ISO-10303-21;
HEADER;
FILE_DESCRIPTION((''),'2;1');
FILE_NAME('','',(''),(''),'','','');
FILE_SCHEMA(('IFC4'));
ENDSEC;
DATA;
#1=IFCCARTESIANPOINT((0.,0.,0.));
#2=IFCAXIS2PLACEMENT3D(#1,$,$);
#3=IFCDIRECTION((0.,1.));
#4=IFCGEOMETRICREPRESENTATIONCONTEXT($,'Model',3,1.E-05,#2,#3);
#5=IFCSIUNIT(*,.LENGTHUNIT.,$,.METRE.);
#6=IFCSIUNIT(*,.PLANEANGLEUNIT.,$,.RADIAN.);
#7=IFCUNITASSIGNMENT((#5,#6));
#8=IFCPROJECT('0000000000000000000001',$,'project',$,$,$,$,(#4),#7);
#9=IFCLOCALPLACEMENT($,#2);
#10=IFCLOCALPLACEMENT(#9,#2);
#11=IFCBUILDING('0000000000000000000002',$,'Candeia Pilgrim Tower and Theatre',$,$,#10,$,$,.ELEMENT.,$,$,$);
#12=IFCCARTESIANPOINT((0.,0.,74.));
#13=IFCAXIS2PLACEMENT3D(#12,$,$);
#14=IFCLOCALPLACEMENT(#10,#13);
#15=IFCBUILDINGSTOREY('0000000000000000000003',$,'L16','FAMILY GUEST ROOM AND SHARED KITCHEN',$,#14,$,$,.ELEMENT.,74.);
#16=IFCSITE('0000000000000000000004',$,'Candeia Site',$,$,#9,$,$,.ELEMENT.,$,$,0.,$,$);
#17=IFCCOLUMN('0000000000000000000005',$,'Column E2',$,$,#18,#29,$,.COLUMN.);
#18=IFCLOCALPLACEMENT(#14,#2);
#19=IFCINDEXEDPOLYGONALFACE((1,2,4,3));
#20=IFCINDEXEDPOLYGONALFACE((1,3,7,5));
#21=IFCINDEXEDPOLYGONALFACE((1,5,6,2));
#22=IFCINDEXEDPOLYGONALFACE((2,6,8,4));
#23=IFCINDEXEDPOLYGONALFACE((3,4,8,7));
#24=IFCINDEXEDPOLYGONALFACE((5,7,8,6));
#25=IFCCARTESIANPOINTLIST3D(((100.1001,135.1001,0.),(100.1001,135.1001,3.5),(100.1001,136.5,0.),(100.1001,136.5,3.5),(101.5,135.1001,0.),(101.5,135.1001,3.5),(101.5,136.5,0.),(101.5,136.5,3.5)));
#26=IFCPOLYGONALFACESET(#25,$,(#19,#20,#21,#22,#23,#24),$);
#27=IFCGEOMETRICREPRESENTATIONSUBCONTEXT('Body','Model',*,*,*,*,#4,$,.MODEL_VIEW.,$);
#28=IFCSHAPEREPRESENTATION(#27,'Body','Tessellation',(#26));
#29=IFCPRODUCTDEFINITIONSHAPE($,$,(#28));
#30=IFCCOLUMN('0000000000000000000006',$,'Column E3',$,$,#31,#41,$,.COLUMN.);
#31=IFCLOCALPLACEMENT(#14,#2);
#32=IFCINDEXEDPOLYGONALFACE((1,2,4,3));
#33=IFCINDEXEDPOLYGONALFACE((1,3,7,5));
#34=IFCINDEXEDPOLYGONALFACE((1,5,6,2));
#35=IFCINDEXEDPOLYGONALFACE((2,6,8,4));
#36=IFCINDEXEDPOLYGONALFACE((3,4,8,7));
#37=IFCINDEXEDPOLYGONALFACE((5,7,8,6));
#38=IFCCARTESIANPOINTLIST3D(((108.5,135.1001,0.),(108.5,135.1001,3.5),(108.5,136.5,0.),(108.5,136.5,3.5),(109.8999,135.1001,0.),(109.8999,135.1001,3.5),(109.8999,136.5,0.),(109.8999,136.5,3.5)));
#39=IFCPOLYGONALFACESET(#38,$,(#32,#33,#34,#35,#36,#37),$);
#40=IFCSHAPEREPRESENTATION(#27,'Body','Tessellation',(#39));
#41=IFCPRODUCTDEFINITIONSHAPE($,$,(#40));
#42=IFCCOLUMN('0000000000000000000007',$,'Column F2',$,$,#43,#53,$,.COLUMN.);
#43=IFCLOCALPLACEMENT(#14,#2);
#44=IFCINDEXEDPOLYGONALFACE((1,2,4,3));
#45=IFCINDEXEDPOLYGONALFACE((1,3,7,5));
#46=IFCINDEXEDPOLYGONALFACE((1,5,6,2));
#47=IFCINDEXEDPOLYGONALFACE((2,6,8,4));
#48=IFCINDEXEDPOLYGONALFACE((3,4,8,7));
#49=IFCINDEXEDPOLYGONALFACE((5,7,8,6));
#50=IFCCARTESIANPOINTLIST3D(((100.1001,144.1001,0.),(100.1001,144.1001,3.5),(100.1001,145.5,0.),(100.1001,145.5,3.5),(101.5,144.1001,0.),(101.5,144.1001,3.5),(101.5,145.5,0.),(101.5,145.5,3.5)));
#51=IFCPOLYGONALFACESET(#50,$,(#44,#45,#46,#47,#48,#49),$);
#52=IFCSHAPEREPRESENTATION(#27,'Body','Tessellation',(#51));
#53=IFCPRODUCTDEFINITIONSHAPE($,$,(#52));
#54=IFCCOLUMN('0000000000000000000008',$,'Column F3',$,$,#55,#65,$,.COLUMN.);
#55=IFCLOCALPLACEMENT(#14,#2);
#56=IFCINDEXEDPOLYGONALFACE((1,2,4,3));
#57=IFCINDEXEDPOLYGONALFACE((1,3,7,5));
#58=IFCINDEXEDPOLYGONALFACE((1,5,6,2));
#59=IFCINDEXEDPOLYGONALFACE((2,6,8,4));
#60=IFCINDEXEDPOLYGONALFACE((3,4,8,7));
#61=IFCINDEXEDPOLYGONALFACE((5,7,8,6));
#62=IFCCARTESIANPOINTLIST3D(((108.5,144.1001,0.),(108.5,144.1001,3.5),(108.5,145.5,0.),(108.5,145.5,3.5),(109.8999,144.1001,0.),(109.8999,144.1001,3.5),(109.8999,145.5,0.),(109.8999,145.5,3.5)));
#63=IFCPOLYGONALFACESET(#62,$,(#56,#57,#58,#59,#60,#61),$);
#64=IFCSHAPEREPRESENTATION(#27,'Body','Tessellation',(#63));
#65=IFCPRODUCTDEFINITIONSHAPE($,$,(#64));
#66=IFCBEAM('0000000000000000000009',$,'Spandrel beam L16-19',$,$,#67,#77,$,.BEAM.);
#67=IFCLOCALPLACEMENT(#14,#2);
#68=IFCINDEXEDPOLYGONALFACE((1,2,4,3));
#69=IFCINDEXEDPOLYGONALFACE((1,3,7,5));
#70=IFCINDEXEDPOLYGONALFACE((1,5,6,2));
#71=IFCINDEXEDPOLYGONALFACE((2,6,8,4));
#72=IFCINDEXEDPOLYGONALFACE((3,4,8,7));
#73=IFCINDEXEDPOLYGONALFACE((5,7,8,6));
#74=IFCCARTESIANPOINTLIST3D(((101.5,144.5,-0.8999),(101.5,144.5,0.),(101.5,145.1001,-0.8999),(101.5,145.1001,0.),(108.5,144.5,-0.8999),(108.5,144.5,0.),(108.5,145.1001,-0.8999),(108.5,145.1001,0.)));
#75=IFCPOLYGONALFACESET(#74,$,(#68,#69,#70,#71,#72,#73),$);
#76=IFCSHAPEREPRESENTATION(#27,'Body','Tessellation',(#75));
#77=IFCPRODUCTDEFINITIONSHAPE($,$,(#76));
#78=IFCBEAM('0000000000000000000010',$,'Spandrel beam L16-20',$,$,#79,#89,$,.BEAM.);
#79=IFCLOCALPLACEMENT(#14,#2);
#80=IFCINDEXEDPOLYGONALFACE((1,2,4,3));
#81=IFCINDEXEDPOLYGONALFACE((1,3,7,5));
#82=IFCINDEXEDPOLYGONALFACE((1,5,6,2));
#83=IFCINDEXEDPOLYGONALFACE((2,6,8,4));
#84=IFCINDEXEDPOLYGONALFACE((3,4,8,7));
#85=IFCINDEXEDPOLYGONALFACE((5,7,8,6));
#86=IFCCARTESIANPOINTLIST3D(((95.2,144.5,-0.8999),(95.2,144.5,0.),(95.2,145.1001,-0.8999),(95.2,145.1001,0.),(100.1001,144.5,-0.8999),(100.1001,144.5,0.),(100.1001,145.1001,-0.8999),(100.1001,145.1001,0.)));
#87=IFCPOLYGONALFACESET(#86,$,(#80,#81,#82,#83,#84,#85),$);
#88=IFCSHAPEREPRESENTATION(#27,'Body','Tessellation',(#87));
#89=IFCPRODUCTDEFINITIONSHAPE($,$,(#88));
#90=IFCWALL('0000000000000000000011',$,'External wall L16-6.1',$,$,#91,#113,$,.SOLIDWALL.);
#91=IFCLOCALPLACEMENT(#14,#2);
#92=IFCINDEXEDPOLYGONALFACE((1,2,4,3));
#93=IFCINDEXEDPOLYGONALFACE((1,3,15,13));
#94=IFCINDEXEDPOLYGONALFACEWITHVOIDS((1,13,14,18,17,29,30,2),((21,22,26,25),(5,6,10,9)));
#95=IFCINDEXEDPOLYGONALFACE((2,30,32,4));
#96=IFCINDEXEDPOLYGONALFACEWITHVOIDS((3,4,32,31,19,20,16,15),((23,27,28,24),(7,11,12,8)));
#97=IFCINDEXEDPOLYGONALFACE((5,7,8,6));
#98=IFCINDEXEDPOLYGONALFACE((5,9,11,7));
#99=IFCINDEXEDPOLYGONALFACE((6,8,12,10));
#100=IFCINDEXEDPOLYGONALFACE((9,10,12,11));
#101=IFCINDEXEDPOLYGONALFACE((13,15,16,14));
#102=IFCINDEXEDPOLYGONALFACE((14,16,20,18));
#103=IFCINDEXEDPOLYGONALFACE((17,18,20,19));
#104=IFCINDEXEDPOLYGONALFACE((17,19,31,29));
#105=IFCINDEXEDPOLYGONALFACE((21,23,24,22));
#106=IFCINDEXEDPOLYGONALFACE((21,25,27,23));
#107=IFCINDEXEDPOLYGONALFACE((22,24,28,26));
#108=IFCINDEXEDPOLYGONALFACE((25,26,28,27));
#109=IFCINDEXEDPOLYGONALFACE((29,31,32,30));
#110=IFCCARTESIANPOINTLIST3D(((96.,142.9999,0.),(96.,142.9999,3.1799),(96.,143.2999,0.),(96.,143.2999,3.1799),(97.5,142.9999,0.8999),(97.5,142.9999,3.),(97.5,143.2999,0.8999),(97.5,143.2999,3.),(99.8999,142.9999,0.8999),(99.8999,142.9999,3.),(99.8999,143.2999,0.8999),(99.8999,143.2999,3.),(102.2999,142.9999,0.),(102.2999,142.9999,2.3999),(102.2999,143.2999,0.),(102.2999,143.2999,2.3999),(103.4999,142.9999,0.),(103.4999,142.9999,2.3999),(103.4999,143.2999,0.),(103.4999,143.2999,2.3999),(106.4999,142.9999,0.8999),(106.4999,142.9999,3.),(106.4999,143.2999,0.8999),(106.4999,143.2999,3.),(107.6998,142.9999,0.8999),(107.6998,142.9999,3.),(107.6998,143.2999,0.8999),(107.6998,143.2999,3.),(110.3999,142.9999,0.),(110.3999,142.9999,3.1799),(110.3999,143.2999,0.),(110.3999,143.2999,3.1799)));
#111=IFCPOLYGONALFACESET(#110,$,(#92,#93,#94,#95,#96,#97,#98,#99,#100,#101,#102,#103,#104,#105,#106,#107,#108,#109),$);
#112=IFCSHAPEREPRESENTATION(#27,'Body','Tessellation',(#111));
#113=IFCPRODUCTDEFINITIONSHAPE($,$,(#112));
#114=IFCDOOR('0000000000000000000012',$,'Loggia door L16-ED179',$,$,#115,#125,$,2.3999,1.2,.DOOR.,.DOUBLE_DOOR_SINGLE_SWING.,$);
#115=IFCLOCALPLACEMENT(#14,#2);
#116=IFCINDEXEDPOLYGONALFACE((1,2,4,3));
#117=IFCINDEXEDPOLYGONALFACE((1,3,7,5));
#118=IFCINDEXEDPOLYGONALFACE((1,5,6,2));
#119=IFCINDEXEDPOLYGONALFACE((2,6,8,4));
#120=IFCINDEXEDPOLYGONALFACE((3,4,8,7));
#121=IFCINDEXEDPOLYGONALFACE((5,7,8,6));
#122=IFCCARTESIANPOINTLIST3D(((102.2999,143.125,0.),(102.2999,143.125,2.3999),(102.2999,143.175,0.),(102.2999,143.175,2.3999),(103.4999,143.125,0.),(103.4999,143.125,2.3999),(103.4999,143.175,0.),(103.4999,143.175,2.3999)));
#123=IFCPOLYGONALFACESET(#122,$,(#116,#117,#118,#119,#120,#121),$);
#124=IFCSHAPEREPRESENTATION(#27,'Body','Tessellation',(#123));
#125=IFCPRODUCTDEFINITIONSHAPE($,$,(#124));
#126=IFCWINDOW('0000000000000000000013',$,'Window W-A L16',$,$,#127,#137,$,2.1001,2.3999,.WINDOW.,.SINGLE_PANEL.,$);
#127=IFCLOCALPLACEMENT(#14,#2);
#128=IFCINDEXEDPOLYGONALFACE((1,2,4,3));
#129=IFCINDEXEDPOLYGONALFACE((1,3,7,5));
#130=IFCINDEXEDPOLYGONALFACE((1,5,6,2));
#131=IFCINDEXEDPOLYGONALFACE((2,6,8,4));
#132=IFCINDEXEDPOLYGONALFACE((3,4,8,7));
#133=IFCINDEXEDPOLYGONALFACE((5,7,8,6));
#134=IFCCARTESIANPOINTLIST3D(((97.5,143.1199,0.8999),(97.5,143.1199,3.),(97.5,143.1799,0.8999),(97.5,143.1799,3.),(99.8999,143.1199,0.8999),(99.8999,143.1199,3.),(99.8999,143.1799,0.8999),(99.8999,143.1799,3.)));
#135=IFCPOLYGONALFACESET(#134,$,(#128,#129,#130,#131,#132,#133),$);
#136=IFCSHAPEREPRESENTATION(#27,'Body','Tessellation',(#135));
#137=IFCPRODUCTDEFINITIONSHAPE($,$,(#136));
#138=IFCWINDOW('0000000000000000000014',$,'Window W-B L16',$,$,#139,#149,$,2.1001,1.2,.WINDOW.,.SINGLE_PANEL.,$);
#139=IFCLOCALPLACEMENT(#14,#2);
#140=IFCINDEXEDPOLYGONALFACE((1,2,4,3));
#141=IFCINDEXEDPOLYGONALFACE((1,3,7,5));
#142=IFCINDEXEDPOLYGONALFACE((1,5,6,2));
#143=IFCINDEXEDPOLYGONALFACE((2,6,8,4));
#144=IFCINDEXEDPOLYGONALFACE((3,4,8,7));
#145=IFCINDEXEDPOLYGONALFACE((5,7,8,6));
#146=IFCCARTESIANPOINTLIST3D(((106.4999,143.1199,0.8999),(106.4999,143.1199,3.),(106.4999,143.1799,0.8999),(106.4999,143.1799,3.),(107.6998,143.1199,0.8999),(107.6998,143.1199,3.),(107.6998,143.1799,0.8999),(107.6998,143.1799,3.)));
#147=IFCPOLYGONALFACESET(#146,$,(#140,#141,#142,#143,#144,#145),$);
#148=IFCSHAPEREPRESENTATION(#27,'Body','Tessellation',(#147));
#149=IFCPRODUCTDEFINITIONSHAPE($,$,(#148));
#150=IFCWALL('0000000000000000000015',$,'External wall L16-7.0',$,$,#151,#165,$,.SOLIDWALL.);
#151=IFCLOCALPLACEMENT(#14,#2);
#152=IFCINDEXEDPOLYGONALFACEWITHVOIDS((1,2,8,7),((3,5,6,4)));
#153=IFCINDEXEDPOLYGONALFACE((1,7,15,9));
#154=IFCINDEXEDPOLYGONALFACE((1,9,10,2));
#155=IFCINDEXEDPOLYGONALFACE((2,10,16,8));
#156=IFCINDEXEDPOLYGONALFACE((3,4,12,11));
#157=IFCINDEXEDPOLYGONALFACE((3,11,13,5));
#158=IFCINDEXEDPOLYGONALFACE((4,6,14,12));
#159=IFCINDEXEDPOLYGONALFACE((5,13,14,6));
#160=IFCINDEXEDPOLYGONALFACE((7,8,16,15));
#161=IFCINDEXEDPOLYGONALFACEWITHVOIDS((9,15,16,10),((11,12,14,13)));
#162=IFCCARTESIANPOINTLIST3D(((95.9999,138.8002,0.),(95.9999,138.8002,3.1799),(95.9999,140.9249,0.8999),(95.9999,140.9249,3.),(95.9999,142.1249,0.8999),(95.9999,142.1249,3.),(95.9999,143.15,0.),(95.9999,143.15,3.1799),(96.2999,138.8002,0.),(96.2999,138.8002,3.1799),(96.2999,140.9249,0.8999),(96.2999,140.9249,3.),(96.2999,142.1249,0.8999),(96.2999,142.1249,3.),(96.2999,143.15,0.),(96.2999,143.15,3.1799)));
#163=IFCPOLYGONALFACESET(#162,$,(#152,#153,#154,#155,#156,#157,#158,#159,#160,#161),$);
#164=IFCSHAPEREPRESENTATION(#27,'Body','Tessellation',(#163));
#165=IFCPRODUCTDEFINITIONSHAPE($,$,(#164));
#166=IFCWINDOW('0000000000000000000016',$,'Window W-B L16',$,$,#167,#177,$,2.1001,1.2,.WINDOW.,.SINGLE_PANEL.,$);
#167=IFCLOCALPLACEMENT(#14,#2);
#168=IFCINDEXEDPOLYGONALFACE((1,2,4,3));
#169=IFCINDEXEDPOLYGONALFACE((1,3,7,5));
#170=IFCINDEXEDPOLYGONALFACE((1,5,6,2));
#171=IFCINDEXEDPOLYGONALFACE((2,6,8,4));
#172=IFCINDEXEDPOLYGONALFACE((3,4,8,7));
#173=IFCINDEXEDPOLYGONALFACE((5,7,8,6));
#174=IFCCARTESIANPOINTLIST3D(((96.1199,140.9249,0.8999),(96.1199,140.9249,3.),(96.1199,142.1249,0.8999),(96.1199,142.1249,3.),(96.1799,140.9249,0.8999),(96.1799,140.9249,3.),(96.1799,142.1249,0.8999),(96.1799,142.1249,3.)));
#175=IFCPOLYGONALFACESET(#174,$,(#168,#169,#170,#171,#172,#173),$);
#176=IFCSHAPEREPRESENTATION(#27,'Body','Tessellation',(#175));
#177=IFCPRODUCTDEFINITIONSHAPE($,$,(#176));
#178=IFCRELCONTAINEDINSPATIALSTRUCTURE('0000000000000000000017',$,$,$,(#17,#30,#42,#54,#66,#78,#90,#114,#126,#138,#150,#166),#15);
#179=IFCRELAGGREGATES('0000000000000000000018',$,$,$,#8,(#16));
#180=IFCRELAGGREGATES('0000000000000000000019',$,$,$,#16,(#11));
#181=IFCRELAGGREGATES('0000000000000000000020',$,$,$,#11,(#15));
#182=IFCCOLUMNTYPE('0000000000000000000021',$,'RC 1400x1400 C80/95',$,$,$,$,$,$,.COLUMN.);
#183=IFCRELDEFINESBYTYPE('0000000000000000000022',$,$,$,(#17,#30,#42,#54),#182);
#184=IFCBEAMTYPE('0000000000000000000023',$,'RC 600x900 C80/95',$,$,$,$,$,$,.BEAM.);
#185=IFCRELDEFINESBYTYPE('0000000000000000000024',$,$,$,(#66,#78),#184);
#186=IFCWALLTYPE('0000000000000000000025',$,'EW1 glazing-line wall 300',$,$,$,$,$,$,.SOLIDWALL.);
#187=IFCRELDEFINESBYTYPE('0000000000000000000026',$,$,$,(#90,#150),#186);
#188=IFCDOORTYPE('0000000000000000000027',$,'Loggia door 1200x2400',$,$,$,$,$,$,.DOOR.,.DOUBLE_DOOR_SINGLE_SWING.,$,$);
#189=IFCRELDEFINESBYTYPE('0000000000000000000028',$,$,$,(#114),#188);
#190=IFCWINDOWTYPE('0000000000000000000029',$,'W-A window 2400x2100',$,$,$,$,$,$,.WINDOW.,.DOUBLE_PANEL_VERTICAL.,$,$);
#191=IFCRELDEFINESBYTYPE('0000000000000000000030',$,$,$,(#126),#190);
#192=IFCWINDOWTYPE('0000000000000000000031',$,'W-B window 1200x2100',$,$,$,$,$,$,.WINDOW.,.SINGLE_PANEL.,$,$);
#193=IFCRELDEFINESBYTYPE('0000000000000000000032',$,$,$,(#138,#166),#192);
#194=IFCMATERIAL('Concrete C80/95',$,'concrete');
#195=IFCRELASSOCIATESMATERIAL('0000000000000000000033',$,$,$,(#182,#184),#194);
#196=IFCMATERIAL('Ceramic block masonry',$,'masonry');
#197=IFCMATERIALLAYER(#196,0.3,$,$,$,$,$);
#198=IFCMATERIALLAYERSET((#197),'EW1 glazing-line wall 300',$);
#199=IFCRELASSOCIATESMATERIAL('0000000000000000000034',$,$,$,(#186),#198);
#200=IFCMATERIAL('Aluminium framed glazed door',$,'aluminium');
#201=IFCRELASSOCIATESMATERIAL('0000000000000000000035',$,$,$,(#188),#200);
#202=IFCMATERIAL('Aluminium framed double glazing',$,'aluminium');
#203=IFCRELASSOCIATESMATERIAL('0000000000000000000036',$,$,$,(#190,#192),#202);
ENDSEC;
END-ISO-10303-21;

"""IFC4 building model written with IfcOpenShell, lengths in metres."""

from ifc_helpers import new_model, si_unit, direction, frame, frame_2d, origin, origin_2d, place, context, subcontext, project, spatial, rectangle, extrude, material, layer, layer_set, material_profile, profile_set, type_object, element, fill, save


model = new_model("IFC4")

# Units and contexts
model_context = context("Model", 3, precision=1e-05, world=origin(), true_north=direction((0.0, 1.0)))
body_context = subcontext(model_context, "Body", "Model", "MODEL_VIEW")
ifc_project = project(units=[si_unit("LENGTHUNIT", "METRE"), si_unit("PLANEANGLEUNIT", "RADIAN")], contexts=[model_context])

# Site, building, storey
site_placement = place(None, origin())
site = spatial("IfcSite", under=ifc_project, at=site_placement, Name="Candeia Site", CompositionType="ELEMENT", RefElevation=0.0)
building_placement = place(site_placement, origin())
building = spatial("IfcBuilding", under=site, at=building_placement, Name="Candeia Pilgrim Tower and Theatre", CompositionType="ELEMENT")
storey_placement = place(building_placement, frame((0.0, 0.0, 74.0)))
storey = spatial("IfcBuildingStorey", under=building, at=storey_placement, Name="L16", Description="FAMILY GUEST ROOM AND SHARED KITCHEN", CompositionType="ELEMENT", Elevation=74.0)

# Columns
ifc_material_1 = material(Name="Concrete C80/95", Category="concrete")
ifc_material_profile_1 = material_profile(ifc_material_1, rectangle(XDim=1.3999, YDim=1.3999, at=origin_2d()))
ifc_profile_set_1 = profile_set([ifc_material_profile_1], Name="Concrete C80/95")
column_type = type_object("IfcColumnType", Name="RC 1400x1400 C80/95", PredefinedType="COLUMN", material=ifc_profile_set_1)
for number, where, z_axis, x_axis, name in (
    (1, (100.8, 135.8, 0.0), (0.0, 0.0, 1.0), (1.0, 0.0, 0.0), "Column E2"),
    (2, (109.2, 135.8, 0.0), (0.0, 0.0, 1.0), (1.0, 0.0, 0.0), "Column E3"),
    (3, (100.8, 144.8, 0.0), (0.0, 0.0, 1.0), (1.0, 0.0, 0.0), "Column F2"),
    (4, (109.2, 144.8, 0.0), (0.0, 0.0, 1.0), (1.0, 0.0, 0.0), "Column F3"),
):
    element("IfcColumn", number, at=place(storey_placement, frame(where, z_axis=z_axis, x_axis=x_axis)), inside=storey, type_object=column_type, Name=name, PredefinedType="COLUMN", context=body_context, shape_type="SweptSolid", body=[
        extrude(rectangle(XDim=1.3999, YDim=1.3999, at=origin_2d()), origin(), (0.0, 0.0, 1.0), 3.5),
    ])

# Beams
ifc_material_profile_2 = material_profile(ifc_material_1, rectangle(XDim=0.6001, YDim=0.8999, at=origin_2d()))
ifc_profile_set_2 = profile_set([ifc_material_profile_2], Name="Concrete C80/95")
beam_type = type_object("IfcBeamType", Name="RC 600x900 C80/95", PredefinedType="BEAM", material=ifc_profile_set_2)
beam_1_placement = place(storey_placement, frame((108.5, 144.8, -0.45), z_axis=(-1.0, 0.0, 0.0), x_axis=(0.0, -1.0, 0.0)))
element("IfcBeam", 5, at=beam_1_placement, inside=storey, type_object=beam_type, Name="Spandrel beam L16-19", PredefinedType="BEAM", context=body_context, shape_type="SweptSolid", body=[
    extrude(rectangle(XDim=0.6001, YDim=0.8999, at=origin_2d()), origin(), (0.0, 0.0, 1.0), 7.0),
])
beam_2_placement = place(storey_placement, frame((100.1001, 144.8, -0.45), z_axis=(-1.0, 0.0, 0.0), x_axis=(0.0, -1.0, 0.0)))
element("IfcBeam", 6, at=beam_2_placement, inside=storey, type_object=beam_type, Name="Spandrel beam L16-20", PredefinedType="BEAM", context=body_context, shape_type="SweptSolid", body=[
    extrude(rectangle(XDim=0.6001, YDim=0.8999, at=origin_2d()), origin(), (0.0, 0.0, 1.0), 4.9001),
])

# Wall, openings, door, windows
ifc_material_2 = material(Name="Ceramic block masonry", Category="masonry")
ifc_layer_1 = layer(ifc_material_2, 0.3)
ifc_layer_set_1 = layer_set([ifc_layer_1], Name="EW1 glazing-line wall 300")
wall_type_1 = type_object("IfcWallType", Name="EW1 glazing-line wall 300", PredefinedType="SOLIDWALL", material=ifc_layer_set_1)
wall_1_placement = place(storey_placement, frame((110.3999, 143.1499, 0.0), z_axis=(0.0, 0.0, 1.0), x_axis=(-1.0, 0.0, 0.0)))
wall_1 = element("IfcWall", 7, at=wall_1_placement, inside=storey, type_object=wall_type_1, Name="External wall L16-6.1", PredefinedType="SOLIDWALL", context=body_context, shape_type="SweptSolid", body=[
    extrude(rectangle(XDim=14.3999, YDim=0.3, at=frame_2d((7.2, 0.0))), origin(), (0.0, 0.0, 1.0), 3.1799),
])
opening_1_placement = place(wall_1_placement, frame((2.7, 0.0, 0.8999)))
opening_1 = element("IfcOpeningElement", 8, at=opening_1_placement, cuts=wall_1, PredefinedType="OPENING", context=body_context, shape_type="SweptSolid", body=[
    extrude(rectangle(XDim=1.2, YDim=2.1001, at=frame_2d((0.6001, 1.05))), frame((0.0, 0.1602, 0.0), z_axis=(0.0, -1.0, 0.0), x_axis=(1.0, 0.0, 0.0)), (0.0, 0.0, 1.0), 0.3201),
])
opening_2_placement = place(wall_1_placement, frame((6.8999, 0.0, 0.0)))
opening_2 = element("IfcOpeningElement", 9, at=opening_2_placement, cuts=wall_1, PredefinedType="OPENING", context=body_context, shape_type="SweptSolid", body=[
    extrude(rectangle(XDim=1.2, YDim=2.3999, at=frame_2d((0.6001, 1.2))), frame((0.0, 0.1602, 0.0), z_axis=(0.0, -1.0, 0.0), x_axis=(1.0, 0.0, 0.0)), (0.0, 0.0, 1.0), 0.3201),
])
opening_3_placement = place(wall_1_placement, frame((10.5, 0.0, 0.8999)))
opening_3 = element("IfcOpeningElement", 10, at=opening_3_placement, cuts=wall_1, PredefinedType="OPENING", context=body_context, shape_type="SweptSolid", body=[
    extrude(rectangle(XDim=2.3999, YDim=2.1001, at=frame_2d((1.2, 1.05))), frame((0.0, 0.1602, 0.0), z_axis=(0.0, -1.0, 0.0), x_axis=(1.0, 0.0, 0.0)), (0.0, 0.0, 1.0), 0.3201),
])
ifc_material_3 = material(Name="Aluminium framed glazed door", Category="aluminium")
door_type_1 = type_object("IfcDoorType", Name="Loggia door 1200x2400", OperationType="DOUBLE_DOOR_SINGLE_SWING", PredefinedType="DOOR", material=ifc_material_3)
door_1_placement = place(opening_2_placement, origin())
door_1 = element("IfcDoor", 11, at=door_1_placement, inside=storey, type_object=door_type_1, Name="Loggia door L16-ED179", OperationType="DOUBLE_DOOR_SINGLE_SWING", OverallHeight=2.3999, OverallWidth=1.2, PredefinedType="DOOR", context=body_context, shape_type="SweptSolid", body=[
    extrude(rectangle(XDim=1.2, YDim=2.3999, at=frame_2d((0.6001, 1.2))), frame((0.0, 0.0249, 0.0), z_axis=(0.0, -1.0, 0.0), x_axis=(1.0, 0.0, 0.0)), (0.0, 0.0, 1.0), 0.05),
])
fill(opening_2, door_1)
ifc_material_4 = material(Name="Aluminium framed double glazing", Category="aluminium")
window_type_1 = type_object("IfcWindowType", Name="W-A window 2400x2100", PartitioningType="DOUBLE_PANEL_VERTICAL", PredefinedType="WINDOW", material=ifc_material_4)
window_1_placement = place(opening_3_placement, origin())
window_1 = element("IfcWindow", 12, at=window_1_placement, inside=storey, type_object=window_type_1, Name="Window W-A L16", OverallHeight=2.1001, OverallWidth=2.3999, PartitioningType="SINGLE_PANEL", PredefinedType="WINDOW", context=body_context, shape_type="SweptSolid", body=[
    extrude(rectangle(XDim=2.3999, YDim=2.1001, at=frame_2d((1.2, 1.05))), frame((0.0, 0.03, 0.0), z_axis=(0.0, -1.0, 0.0), x_axis=(1.0, 0.0, 0.0)), (0.0, 0.0, 1.0), 0.0601),
])
fill(opening_3, window_1)
window_type_2 = type_object("IfcWindowType", Name="W-B window 1200x2100", PartitioningType="SINGLE_PANEL", PredefinedType="WINDOW", material=ifc_material_4)
window_2_placement = place(opening_1_placement, origin())
window_2 = element("IfcWindow", 13, at=window_2_placement, inside=storey, type_object=window_type_2, Name="Window W-B L16", OverallHeight=2.1001, OverallWidth=1.2, PartitioningType="SINGLE_PANEL", PredefinedType="WINDOW", context=body_context, shape_type="SweptSolid", body=[
    extrude(rectangle(XDim=1.2, YDim=2.1001, at=frame_2d((0.6001, 1.05))), frame((0.0, 0.03, 0.0), z_axis=(0.0, -1.0, 0.0), x_axis=(1.0, 0.0, 0.0)), (0.0, 0.0, 1.0), 0.0601),
])
fill(opening_1, window_2)

# Wall, opening, window
wall_2_placement = place(storey_placement, frame((96.1499, 143.1499, 0.0), z_axis=(0.0, 0.0, 1.0), x_axis=(0.0, -1.0, 0.0)))
wall_2 = element("IfcWall", 14, at=wall_2_placement, inside=storey, type_object=wall_type_1, Name="External wall L16-7.0", PredefinedType="SOLIDWALL", context=body_context, shape_type="SweptSolid", body=[
    extrude(rectangle(XDim=4.3499, YDim=0.3, at=frame_2d((2.1748, 0.0))), origin(), (0.0, 0.0, 1.0), 3.1799),
])
opening_4_placement = place(wall_2_placement, frame((1.0249, 0.0, 0.8999)))
opening_4 = element("IfcOpeningElement", 15, at=opening_4_placement, cuts=wall_2, PredefinedType="OPENING", context=body_context, shape_type="SweptSolid", body=[
    extrude(rectangle(XDim=1.2, YDim=2.1001, at=frame_2d((0.6001, 1.05))), frame((0.0, 0.1602, 0.0), z_axis=(0.0, -1.0, 0.0), x_axis=(1.0, 0.0, 0.0)), (0.0, 0.0, 1.0), 0.3201),
])
window_3_placement = place(opening_4_placement, origin())
window_3 = element("IfcWindow", 16, at=window_3_placement, inside=storey, type_object=window_type_2, Name="Window W-B L16", OverallHeight=2.1001, OverallWidth=1.2, PartitioningType="SINGLE_PANEL", PredefinedType="WINDOW", context=body_context, shape_type="SweptSolid", body=[
    extrude(rectangle(XDim=1.2, YDim=2.1001, at=frame_2d((0.6001, 1.05))), frame((0.0, 0.03, 0.0), z_axis=(0.0, -1.0, 0.0), x_axis=(1.0, 0.0, 0.0)), (0.0, 0.0, 1.0), 0.0601),
])
fill(opening_4, window_3)

save(model, "model.ifc")
